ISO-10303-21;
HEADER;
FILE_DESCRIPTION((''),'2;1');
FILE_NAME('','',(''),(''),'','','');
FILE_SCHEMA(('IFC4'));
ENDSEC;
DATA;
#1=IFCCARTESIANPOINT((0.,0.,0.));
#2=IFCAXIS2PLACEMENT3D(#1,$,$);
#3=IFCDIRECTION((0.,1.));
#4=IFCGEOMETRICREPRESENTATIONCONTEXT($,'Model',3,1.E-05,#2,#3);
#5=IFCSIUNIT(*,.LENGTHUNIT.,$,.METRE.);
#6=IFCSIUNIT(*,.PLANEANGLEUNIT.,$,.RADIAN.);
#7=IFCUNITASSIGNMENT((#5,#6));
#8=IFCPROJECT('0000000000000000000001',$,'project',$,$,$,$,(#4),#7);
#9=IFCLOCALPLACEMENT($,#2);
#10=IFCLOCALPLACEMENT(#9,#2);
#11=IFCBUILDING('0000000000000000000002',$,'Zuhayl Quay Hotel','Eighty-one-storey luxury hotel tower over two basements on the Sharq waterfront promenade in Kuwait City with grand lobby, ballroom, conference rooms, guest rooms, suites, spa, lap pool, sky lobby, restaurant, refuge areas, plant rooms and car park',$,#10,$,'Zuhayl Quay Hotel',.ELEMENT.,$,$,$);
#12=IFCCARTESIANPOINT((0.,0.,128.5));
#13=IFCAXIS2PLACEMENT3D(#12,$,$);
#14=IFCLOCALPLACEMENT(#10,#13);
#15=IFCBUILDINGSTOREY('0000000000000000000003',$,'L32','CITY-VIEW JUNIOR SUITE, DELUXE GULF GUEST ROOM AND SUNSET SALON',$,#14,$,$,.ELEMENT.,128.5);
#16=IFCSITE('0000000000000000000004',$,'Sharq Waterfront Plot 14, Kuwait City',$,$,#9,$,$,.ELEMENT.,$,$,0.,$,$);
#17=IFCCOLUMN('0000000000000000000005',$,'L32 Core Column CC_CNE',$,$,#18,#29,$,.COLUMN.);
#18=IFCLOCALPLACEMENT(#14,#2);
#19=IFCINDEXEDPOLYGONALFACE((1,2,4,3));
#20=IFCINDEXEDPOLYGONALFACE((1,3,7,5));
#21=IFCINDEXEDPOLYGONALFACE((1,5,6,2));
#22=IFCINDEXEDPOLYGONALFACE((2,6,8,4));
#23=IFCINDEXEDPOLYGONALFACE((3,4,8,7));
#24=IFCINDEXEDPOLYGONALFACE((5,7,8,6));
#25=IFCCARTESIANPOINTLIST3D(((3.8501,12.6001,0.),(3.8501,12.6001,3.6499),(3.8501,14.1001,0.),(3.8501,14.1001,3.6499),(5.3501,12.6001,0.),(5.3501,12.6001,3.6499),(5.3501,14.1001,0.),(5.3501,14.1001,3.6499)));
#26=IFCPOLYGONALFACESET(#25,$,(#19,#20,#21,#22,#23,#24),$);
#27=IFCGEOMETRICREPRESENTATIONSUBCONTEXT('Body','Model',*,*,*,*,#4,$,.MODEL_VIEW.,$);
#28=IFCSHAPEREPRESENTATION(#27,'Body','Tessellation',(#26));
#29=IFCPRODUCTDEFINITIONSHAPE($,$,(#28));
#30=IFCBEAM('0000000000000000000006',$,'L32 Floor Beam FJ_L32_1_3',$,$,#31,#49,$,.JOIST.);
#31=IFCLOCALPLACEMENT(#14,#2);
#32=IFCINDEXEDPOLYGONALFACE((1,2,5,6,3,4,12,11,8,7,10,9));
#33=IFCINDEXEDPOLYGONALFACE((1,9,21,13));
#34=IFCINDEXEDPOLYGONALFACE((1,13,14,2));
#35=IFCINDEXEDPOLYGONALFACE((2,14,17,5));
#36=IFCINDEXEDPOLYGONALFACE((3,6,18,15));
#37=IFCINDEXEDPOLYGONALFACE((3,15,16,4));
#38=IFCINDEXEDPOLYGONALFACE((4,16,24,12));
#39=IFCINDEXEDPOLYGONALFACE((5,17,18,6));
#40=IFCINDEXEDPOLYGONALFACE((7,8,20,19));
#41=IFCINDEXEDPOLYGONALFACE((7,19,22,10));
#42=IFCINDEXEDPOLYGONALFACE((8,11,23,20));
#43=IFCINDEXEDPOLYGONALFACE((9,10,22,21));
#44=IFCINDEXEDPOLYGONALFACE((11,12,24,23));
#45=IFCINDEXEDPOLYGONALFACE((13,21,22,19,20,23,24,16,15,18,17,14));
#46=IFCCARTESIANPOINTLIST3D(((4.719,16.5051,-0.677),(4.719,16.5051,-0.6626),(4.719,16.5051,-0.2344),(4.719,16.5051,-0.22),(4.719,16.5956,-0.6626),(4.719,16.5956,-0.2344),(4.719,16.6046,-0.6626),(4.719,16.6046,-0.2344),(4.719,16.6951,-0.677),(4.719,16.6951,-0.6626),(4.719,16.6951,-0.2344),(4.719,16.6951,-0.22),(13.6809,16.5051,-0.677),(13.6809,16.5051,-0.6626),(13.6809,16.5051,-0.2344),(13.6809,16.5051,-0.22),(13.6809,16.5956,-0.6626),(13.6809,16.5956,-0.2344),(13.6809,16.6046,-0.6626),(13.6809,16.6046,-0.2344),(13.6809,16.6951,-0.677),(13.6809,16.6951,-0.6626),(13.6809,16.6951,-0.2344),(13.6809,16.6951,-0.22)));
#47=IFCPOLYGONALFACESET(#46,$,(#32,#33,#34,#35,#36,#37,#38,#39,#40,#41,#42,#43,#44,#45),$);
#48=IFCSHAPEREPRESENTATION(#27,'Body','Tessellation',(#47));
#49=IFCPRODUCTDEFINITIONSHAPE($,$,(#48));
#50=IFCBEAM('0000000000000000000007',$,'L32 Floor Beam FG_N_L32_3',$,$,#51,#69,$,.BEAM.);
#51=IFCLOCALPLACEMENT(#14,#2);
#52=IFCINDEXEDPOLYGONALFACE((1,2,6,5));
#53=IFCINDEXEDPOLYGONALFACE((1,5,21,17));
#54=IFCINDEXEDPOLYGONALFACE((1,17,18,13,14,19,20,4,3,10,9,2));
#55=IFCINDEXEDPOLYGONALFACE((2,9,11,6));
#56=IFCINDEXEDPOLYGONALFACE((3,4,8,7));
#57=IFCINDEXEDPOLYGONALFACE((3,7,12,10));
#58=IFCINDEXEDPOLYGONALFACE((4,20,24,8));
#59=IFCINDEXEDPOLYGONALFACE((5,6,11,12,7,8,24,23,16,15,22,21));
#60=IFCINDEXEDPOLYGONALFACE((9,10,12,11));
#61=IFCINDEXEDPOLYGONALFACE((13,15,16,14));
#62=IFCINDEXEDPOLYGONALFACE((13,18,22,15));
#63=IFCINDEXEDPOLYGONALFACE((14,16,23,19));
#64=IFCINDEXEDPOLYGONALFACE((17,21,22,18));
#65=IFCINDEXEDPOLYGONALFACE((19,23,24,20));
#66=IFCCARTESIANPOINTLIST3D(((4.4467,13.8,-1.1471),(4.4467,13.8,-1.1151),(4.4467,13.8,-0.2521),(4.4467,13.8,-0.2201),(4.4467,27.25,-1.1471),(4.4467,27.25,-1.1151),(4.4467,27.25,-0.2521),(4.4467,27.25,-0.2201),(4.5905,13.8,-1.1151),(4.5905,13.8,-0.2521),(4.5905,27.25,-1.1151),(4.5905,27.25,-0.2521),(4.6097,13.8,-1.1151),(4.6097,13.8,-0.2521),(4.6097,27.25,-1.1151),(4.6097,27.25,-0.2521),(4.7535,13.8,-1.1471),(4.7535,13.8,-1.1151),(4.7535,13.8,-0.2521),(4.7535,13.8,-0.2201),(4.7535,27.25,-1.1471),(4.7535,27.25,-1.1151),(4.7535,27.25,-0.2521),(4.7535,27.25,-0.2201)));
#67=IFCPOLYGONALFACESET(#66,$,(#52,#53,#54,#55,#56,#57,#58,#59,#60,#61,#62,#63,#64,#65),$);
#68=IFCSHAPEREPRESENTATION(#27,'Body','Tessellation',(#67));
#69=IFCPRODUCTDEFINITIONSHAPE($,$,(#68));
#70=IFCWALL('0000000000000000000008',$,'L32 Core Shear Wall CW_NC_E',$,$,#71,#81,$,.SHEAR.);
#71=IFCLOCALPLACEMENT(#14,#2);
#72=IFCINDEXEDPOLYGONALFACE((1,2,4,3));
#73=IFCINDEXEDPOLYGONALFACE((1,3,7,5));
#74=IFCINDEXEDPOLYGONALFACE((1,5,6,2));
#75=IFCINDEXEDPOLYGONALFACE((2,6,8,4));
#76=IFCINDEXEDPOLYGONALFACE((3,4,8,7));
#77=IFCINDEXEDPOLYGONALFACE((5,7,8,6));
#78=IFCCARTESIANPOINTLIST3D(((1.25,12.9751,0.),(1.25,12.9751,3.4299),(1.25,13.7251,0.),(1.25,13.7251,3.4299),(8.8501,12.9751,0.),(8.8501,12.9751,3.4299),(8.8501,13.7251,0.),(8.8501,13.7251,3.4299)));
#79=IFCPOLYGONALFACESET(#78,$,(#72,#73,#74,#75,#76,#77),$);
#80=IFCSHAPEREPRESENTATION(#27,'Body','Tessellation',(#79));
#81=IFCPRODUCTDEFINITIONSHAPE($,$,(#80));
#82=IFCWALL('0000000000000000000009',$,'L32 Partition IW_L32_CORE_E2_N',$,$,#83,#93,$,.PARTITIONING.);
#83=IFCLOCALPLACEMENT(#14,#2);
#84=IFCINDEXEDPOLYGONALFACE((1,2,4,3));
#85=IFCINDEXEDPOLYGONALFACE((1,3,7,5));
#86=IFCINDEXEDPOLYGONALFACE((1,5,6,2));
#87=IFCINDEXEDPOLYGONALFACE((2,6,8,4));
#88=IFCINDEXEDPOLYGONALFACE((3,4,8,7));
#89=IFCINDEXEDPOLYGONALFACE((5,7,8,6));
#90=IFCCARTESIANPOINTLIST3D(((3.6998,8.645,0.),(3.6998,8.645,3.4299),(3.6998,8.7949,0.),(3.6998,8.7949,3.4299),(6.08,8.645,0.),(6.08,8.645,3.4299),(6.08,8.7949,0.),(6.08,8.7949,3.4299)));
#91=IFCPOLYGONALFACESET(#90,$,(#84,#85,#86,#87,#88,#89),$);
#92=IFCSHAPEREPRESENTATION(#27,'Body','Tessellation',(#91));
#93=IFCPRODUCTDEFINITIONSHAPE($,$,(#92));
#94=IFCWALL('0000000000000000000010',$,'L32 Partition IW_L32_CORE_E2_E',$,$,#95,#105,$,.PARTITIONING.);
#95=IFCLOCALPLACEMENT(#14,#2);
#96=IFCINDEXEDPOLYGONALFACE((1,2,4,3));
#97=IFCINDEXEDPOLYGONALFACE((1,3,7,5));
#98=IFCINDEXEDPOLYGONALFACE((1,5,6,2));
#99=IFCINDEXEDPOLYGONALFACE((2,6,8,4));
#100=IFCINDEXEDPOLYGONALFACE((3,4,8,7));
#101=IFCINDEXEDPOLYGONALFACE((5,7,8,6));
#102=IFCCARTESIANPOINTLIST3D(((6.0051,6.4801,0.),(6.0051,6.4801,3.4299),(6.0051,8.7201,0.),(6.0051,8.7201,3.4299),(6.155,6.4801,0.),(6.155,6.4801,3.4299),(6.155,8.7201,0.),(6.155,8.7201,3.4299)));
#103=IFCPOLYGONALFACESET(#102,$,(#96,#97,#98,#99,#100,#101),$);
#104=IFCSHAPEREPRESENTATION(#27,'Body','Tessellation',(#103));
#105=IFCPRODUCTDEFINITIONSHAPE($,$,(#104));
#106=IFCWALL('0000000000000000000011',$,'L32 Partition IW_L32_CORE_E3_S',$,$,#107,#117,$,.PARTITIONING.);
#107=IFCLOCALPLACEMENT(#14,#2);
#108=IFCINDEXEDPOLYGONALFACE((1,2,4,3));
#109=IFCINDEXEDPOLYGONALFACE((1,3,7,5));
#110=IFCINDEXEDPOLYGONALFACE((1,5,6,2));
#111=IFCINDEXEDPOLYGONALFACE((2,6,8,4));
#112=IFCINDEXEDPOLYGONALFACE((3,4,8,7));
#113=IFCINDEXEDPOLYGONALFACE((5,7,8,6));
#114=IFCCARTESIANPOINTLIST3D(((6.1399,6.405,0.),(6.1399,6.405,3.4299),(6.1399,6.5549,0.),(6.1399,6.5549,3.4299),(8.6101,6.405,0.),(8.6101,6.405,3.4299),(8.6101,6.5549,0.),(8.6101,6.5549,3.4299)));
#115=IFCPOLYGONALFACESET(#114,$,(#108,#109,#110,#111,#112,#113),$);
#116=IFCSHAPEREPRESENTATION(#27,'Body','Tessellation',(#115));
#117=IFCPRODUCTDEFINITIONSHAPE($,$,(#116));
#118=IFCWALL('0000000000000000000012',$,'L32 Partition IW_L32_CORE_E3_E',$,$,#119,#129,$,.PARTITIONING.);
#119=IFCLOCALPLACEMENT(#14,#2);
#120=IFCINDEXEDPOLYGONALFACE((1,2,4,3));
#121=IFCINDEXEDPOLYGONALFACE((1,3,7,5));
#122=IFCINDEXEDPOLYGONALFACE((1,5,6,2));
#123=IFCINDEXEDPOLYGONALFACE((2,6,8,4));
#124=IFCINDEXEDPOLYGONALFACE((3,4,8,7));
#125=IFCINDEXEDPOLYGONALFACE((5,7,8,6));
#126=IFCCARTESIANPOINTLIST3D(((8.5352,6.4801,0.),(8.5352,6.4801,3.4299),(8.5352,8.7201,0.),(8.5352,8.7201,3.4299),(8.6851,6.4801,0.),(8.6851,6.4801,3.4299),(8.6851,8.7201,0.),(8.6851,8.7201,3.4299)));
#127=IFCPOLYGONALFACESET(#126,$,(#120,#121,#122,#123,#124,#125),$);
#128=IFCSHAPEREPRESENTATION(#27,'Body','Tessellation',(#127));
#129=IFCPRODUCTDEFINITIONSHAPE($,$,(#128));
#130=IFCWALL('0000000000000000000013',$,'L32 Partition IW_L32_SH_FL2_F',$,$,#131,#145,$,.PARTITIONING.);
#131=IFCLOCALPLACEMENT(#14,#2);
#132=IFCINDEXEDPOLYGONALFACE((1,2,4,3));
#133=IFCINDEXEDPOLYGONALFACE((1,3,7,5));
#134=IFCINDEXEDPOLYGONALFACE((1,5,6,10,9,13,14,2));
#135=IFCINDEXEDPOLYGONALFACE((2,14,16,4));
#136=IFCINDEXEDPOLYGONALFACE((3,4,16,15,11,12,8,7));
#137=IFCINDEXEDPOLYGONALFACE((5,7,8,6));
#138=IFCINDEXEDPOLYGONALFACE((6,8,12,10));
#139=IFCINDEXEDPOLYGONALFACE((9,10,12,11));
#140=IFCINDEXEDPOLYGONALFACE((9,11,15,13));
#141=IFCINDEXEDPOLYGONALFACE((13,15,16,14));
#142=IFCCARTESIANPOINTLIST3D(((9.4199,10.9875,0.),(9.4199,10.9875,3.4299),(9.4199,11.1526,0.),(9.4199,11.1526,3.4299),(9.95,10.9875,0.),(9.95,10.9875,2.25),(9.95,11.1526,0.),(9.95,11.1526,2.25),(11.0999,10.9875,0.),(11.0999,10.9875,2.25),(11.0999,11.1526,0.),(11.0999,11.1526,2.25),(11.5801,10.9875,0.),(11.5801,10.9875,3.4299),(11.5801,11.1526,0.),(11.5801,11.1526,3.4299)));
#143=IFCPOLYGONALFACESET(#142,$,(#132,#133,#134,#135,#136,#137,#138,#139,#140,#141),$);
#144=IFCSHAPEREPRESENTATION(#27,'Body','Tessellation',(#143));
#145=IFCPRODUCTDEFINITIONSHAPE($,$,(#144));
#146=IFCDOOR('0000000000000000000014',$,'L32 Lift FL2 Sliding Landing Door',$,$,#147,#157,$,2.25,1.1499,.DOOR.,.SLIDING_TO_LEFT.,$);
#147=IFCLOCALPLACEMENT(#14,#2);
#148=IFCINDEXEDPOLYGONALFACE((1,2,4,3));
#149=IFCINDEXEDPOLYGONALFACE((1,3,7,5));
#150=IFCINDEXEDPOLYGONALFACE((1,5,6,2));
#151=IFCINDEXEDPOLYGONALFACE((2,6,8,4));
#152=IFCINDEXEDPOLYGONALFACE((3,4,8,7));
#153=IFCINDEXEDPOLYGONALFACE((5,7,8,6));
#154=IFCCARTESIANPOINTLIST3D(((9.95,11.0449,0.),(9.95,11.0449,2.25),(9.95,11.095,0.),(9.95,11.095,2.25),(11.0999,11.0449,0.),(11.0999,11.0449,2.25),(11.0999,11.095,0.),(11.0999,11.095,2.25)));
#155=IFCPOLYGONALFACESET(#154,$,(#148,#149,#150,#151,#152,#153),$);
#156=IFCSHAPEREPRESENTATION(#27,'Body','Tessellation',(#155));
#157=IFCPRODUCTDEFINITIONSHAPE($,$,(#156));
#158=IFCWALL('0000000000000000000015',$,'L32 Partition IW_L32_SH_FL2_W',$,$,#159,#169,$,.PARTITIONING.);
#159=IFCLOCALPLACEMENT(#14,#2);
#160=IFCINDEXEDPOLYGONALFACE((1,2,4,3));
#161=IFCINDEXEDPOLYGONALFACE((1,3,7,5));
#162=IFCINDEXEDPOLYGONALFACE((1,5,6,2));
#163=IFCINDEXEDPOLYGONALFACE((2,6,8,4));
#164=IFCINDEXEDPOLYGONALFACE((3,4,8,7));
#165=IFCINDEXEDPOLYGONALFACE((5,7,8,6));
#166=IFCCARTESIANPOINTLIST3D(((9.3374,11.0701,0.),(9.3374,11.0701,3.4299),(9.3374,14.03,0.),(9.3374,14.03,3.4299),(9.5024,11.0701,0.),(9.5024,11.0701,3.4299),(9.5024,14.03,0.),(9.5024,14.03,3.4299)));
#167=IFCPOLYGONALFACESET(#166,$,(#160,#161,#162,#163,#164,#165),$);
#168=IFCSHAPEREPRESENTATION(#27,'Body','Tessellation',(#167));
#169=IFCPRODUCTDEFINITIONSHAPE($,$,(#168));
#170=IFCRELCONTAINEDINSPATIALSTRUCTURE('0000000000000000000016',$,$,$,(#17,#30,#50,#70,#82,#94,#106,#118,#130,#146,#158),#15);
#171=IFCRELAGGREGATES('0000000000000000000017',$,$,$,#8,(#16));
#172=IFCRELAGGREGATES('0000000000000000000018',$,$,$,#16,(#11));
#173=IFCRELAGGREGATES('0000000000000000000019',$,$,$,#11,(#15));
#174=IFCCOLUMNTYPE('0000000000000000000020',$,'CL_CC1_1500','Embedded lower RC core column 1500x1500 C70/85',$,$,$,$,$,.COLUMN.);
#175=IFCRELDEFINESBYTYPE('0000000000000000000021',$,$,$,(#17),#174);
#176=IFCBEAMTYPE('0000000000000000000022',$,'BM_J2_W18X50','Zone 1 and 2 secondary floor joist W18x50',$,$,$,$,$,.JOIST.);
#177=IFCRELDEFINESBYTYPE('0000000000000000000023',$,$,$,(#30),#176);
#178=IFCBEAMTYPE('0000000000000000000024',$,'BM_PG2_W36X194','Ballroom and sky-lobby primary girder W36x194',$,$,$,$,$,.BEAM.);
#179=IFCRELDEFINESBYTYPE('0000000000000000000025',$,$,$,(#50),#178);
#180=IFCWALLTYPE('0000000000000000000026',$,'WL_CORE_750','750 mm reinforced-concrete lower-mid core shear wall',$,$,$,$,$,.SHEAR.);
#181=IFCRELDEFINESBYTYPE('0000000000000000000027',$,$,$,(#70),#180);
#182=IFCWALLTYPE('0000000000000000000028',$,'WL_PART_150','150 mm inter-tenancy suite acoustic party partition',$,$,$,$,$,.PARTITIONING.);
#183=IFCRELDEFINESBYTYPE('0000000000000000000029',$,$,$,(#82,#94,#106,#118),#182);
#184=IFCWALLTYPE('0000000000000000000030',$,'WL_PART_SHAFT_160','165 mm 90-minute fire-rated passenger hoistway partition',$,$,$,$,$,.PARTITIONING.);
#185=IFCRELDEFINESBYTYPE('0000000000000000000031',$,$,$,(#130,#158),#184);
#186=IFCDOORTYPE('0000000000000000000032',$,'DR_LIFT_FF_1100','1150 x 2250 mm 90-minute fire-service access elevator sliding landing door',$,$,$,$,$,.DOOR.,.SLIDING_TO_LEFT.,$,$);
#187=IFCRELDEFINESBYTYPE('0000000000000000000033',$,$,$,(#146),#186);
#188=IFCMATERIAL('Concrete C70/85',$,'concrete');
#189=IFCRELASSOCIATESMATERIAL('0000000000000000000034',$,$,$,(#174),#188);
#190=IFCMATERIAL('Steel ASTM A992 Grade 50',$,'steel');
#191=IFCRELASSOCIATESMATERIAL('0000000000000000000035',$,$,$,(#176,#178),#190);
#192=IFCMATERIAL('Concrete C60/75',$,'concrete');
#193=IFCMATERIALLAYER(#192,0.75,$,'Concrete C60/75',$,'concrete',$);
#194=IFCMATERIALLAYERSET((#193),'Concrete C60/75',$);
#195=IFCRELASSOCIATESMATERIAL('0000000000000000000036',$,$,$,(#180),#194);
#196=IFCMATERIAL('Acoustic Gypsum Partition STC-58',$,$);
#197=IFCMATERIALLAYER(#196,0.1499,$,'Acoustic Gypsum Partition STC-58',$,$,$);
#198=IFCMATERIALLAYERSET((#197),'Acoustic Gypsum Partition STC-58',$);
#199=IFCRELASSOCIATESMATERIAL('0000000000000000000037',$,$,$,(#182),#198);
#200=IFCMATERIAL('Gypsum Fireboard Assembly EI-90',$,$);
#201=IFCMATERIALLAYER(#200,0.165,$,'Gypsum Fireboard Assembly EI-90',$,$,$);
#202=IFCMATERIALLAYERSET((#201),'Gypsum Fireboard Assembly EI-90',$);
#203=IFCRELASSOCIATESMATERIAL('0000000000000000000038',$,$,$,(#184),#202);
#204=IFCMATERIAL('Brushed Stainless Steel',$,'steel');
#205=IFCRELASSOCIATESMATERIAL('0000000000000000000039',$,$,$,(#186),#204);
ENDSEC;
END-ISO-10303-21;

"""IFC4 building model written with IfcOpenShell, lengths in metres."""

from ifc_helpers import new_model, si_unit, direction, frame, frame_2d, origin, origin_2d, place, context, subcontext, project, spatial, rectangle, i_section, extrude, material, layer, layer_set, material_profile, profile_set, type_object, element, fill, save


model = new_model("IFC4")

# Units and contexts
model_context = context("Model", 3, precision=1e-05, world=origin(), true_north=direction((0.0, 1.0)))
body_context = subcontext(model_context, "Body", "Model", "MODEL_VIEW")
ifc_project = project(units=[si_unit("LENGTHUNIT", "METRE"), si_unit("PLANEANGLEUNIT", "RADIAN")], contexts=[model_context])

# Site, building, storey
site_placement = place(None, origin())
site = spatial("IfcSite", under=ifc_project, at=site_placement, Name="Sharq Waterfront Plot 14, Kuwait City", CompositionType="ELEMENT", RefElevation=0.0)
building_placement = place(site_placement, origin())
building = spatial("IfcBuilding", under=site, at=building_placement, Name="Zuhayl Quay Hotel", Description="Eighty-one-storey luxury hotel tower over two basements on the Sharq waterfront promenade in Kuwait City with grand lobby, ballroom, conference rooms, guest rooms, suites, spa, lap pool, sky lobby, restaurant, refuge areas, plant rooms and car park", LongName="Zuhayl Quay Hotel", CompositionType="ELEMENT")
storey_placement = place(building_placement, frame((0.0, 0.0, 128.5)))
storey = spatial("IfcBuildingStorey", under=building, at=storey_placement, Name="L32", Description="CITY-VIEW JUNIOR SUITE, DELUXE GULF GUEST ROOM AND SUNSET SALON", CompositionType="ELEMENT", Elevation=128.5)

# Column
ifc_material_1 = material(Name="Concrete C70/85", Category="concrete")
ifc_material_profile_1 = material_profile(ifc_material_1, rectangle(XDim=1.5, YDim=1.5, at=origin_2d()), Name="RC1500X1500")
ifc_profile_set_1 = profile_set([ifc_material_profile_1], Name="Concrete C70/85")
column_type = type_object("IfcColumnType", Name="CL_CC1_1500", Description="Embedded lower RC core column 1500x1500 C70/85", PredefinedType="COLUMN", material=ifc_profile_set_1)
column_placement = place(storey_placement, frame((4.6001, 13.3501, 0.0), z_axis=(0.0, 0.0, 1.0), x_axis=(1.0, 0.0, 0.0)))
element("IfcColumn", 1, at=column_placement, inside=storey, type_object=column_type, Name="L32 Core Column CC_CNE", PredefinedType="COLUMN", context=body_context, shape_type="SweptSolid", body=[
    extrude(rectangle(XDim=1.5, YDim=1.5, at=origin_2d()), origin(), (0.0, 0.0, 1.0), 3.6499),
])

# Beams
ifc_material_2 = material(Name="Steel ASTM A992 Grade 50", Category="steel")
ifc_material_profile_2 = material_profile(ifc_material_2, i_section(OverallWidth=0.1899, OverallDepth=0.457, WebThickness=0.009, FlangeThickness=0.0144, at=origin_2d()), Name="W18X50")
ifc_profile_set_2 = profile_set([ifc_material_profile_2], Name="Steel ASTM A992 Grade 50")
beam_type_1 = type_object("IfcBeamType", Name="BM_J2_W18X50", Description="Zone 1 and 2 secondary floor joist W18x50", PredefinedType="JOIST", material=ifc_profile_set_2)
beam_1_placement = place(storey_placement, frame((4.719, 16.6001, -0.4485), z_axis=(1.0, 0.0, 0.0), x_axis=(0.0, 1.0, 0.0)))
element("IfcBeam", 2, at=beam_1_placement, inside=storey, type_object=beam_type_1, Name="L32 Floor Beam FJ_L32_1_3", PredefinedType="JOIST", context=body_context, shape_type="SweptSolid", body=[
    extrude(i_section(OverallWidth=0.1899, OverallDepth=0.457, WebThickness=0.009, FlangeThickness=0.0144, at=origin_2d()), origin(), (0.0, 0.0, 1.0), 8.9619),
])
ifc_material_profile_3 = material_profile(ifc_material_2, i_section(OverallWidth=0.3069, OverallDepth=0.927, WebThickness=0.0193, FlangeThickness=0.032, at=origin_2d()), Name="W36X194")
ifc_profile_set_3 = profile_set([ifc_material_profile_3], Name="Steel ASTM A992 Grade 50")
beam_type_2 = type_object("IfcBeamType", Name="BM_PG2_W36X194", Description="Ballroom and sky-lobby primary girder W36x194", PredefinedType="BEAM", material=ifc_profile_set_3)
beam_2_placement = place(storey_placement, frame((4.6001, 13.8, -0.6836), z_axis=(0.0, 1.0, 0.0), x_axis=(-1.0, 0.0, 0.0)))
element("IfcBeam", 3, at=beam_2_placement, inside=storey, type_object=beam_type_2, Name="L32 Floor Beam FG_N_L32_3", PredefinedType="BEAM", context=body_context, shape_type="SweptSolid", body=[
    extrude(i_section(OverallWidth=0.3069, OverallDepth=0.927, WebThickness=0.0193, FlangeThickness=0.032, at=origin_2d()), origin(), (0.0, 0.0, 1.0), 13.45),
])

# Wall
ifc_material_3 = material(Name="Concrete C60/75", Category="concrete")
ifc_layer_1 = layer(ifc_material_3, 0.75, Name="Concrete C60/75", Category="concrete")
ifc_layer_set_1 = layer_set([ifc_layer_1], Name="Concrete C60/75")
wall_type_1 = type_object("IfcWallType", Name="WL_CORE_750", Description="750 mm reinforced-concrete lower-mid core shear wall", PredefinedType="SHEAR", material=ifc_layer_set_1)
wall_1_placement = place(storey_placement, frame((1.25, 13.3501, 0.0), z_axis=(0.0, 0.0, 1.0), x_axis=(1.0, 0.0, 0.0)))
element("IfcWall", 4, at=wall_1_placement, inside=storey, type_object=wall_type_1, Name="L32 Core Shear Wall CW_NC_E", PredefinedType="SHEAR", context=body_context, shape_type="SweptSolid", body=[
    extrude(rectangle(XDim=7.6001, YDim=0.75, at=frame_2d((3.8, 0.0))), origin(), (0.0, 0.0, 1.0), 3.4299),
])

# Shared definitions
ifc_material_4 = material(Name="Acoustic Gypsum Partition STC-58")
ifc_layer_2 = layer(ifc_material_4, 0.1499, Name="Acoustic Gypsum Partition STC-58")
ifc_layer_set_2 = layer_set([ifc_layer_2], Name="Acoustic Gypsum Partition STC-58")
wall_type_2 = type_object("IfcWallType", Name="WL_PART_150", Description="150 mm inter-tenancy suite acoustic party partition", PredefinedType="PARTITIONING", material=ifc_layer_set_2)

# Walls
wall_2_placement = place(storey_placement, frame((3.7, 8.72, 0.0), z_axis=(0.0, 0.0, 1.0), x_axis=(1.0, 0.0, 0.0)))
element("IfcWall", 5, at=wall_2_placement, inside=storey, type_object=wall_type_2, Name="L32 Partition IW_L32_CORE_E2_N", PredefinedType="PARTITIONING", context=body_context, shape_type="SweptSolid", body=[
    extrude(rectangle(XDim=2.3801, YDim=0.1499, at=frame_2d((1.1899, 0.0))), origin(), (0.0, 0.0, 1.0), 3.4299),
])
wall_3_placement = place(storey_placement, frame((6.0801, 6.48, 0.0), z_axis=(0.0, 0.0, 1.0), x_axis=(0.0, 1.0, 0.0)))
element("IfcWall", 6, at=wall_3_placement, inside=storey, type_object=wall_type_2, Name="L32 Partition IW_L32_CORE_E2_E", PredefinedType="PARTITIONING", context=body_context, shape_type="SweptSolid", body=[
    extrude(rectangle(XDim=2.24, YDim=0.1499, at=frame_2d((1.1201, 0.0))), origin(), (0.0, 0.0, 1.0), 3.4299),
])
wall_4_placement = place(storey_placement, frame((6.1399, 6.48, 0.0), z_axis=(0.0, 0.0, 1.0), x_axis=(1.0, 0.0, 0.0)))
element("IfcWall", 7, at=wall_4_placement, inside=storey, type_object=wall_type_2, Name="L32 Partition IW_L32_CORE_E3_S", PredefinedType="PARTITIONING", context=body_context, shape_type="SweptSolid", body=[
    extrude(rectangle(XDim=2.4702, YDim=0.1499, at=frame_2d((1.2351, 0.0))), origin(), (0.0, 0.0, 1.0), 3.4299),
])
wall_5_placement = place(storey_placement, frame((8.6101, 6.48, 0.0), z_axis=(0.0, 0.0, 1.0), x_axis=(0.0, 1.0, 0.0)))
element("IfcWall", 8, at=wall_5_placement, inside=storey, type_object=wall_type_2, Name="L32 Partition IW_L32_CORE_E3_E", PredefinedType="PARTITIONING", context=body_context, shape_type="SweptSolid", body=[
    extrude(rectangle(XDim=2.24, YDim=0.1499, at=frame_2d((1.1201, 0.0))), origin(), (0.0, 0.0, 1.0), 3.4299),
])

# Wall, opening, door
ifc_material_5 = material(Name="Gypsum Fireboard Assembly EI-90")
ifc_layer_3 = layer(ifc_material_5, 0.165, Name="Gypsum Fireboard Assembly EI-90")
ifc_layer_set_3 = layer_set([ifc_layer_3], Name="Gypsum Fireboard Assembly EI-90")
wall_type_3 = type_object("IfcWallType", Name="WL_PART_SHAFT_160", Description="165 mm 90-minute fire-rated passenger hoistway partition", PredefinedType="PARTITIONING", material=ifc_layer_set_3)
wall_6_placement = place(storey_placement, frame((9.4199, 11.0701, 0.0), z_axis=(0.0, 0.0, 1.0), x_axis=(1.0, 0.0, 0.0)))
wall_6 = element("IfcWall", 9, at=wall_6_placement, inside=storey, type_object=wall_type_3, Name="L32 Partition IW_L32_SH_FL2_F", PredefinedType="PARTITIONING", context=body_context, shape_type="SweptSolid", body=[
    extrude(rectangle(XDim=2.1602, YDim=0.165, at=frame_2d((1.0801, 0.0))), origin(), (0.0, 0.0, 1.0), 3.4299),
])
opening_1_placement = place(wall_6_placement, frame((0.53, 0.0, 0.0)))
opening_1 = element("IfcOpeningElement", 10, at=opening_1_placement, cuts=wall_6, PredefinedType="OPENING", context=body_context, shape_type="SweptSolid", body=[
    extrude(rectangle(XDim=1.1499, YDim=2.25, at=frame_2d((0.575, 1.125))), frame((0.0, 0.0925, 0.0), z_axis=(0.0, -1.0, 0.0), x_axis=(1.0, 0.0, 0.0)), (0.0, 0.0, 1.0), 0.1851),
])
ifc_material_6 = material(Name="Brushed Stainless Steel", Category="steel")
door_type_1 = type_object("IfcDoorType", Name="DR_LIFT_FF_1100", Description="1150 x 2250 mm 90-minute fire-service access elevator sliding landing door", OperationType="SLIDING_TO_LEFT", PredefinedType="DOOR", material=ifc_material_6)
door_1_placement = place(opening_1_placement, origin())
door_1 = element("IfcDoor", 11, at=door_1_placement, inside=storey, type_object=door_type_1, Name="L32 Lift FL2 Sliding Landing Door", OperationType="SLIDING_TO_LEFT", OverallHeight=2.25, OverallWidth=1.1499, PredefinedType="DOOR", context=body_context, shape_type="SweptSolid", body=[
    extrude(rectangle(XDim=1.1499, YDim=2.25, at=frame_2d((0.575, 1.125))), frame((0.0, 0.0249, 0.0), z_axis=(0.0, -1.0, 0.0), x_axis=(1.0, 0.0, 0.0)), (0.0, 0.0, 1.0), 0.05),
])
fill(opening_1, door_1)

# Wall
wall_7_placement = place(storey_placement, frame((9.4199, 11.0701, 0.0), z_axis=(0.0, 0.0, 1.0), x_axis=(0.0, 1.0, 0.0)))
element("IfcWall", 12, at=wall_7_placement, inside=storey, type_object=wall_type_3, Name="L32 Partition IW_L32_SH_FL2_W", PredefinedType="PARTITIONING", context=body_context, shape_type="SweptSolid", body=[
    extrude(rectangle(XDim=2.96, YDim=0.165, at=frame_2d((1.48, 0.0))), origin(), (0.0, 0.0, 1.0), 3.4299),
])

save(model, "model.ifc")
